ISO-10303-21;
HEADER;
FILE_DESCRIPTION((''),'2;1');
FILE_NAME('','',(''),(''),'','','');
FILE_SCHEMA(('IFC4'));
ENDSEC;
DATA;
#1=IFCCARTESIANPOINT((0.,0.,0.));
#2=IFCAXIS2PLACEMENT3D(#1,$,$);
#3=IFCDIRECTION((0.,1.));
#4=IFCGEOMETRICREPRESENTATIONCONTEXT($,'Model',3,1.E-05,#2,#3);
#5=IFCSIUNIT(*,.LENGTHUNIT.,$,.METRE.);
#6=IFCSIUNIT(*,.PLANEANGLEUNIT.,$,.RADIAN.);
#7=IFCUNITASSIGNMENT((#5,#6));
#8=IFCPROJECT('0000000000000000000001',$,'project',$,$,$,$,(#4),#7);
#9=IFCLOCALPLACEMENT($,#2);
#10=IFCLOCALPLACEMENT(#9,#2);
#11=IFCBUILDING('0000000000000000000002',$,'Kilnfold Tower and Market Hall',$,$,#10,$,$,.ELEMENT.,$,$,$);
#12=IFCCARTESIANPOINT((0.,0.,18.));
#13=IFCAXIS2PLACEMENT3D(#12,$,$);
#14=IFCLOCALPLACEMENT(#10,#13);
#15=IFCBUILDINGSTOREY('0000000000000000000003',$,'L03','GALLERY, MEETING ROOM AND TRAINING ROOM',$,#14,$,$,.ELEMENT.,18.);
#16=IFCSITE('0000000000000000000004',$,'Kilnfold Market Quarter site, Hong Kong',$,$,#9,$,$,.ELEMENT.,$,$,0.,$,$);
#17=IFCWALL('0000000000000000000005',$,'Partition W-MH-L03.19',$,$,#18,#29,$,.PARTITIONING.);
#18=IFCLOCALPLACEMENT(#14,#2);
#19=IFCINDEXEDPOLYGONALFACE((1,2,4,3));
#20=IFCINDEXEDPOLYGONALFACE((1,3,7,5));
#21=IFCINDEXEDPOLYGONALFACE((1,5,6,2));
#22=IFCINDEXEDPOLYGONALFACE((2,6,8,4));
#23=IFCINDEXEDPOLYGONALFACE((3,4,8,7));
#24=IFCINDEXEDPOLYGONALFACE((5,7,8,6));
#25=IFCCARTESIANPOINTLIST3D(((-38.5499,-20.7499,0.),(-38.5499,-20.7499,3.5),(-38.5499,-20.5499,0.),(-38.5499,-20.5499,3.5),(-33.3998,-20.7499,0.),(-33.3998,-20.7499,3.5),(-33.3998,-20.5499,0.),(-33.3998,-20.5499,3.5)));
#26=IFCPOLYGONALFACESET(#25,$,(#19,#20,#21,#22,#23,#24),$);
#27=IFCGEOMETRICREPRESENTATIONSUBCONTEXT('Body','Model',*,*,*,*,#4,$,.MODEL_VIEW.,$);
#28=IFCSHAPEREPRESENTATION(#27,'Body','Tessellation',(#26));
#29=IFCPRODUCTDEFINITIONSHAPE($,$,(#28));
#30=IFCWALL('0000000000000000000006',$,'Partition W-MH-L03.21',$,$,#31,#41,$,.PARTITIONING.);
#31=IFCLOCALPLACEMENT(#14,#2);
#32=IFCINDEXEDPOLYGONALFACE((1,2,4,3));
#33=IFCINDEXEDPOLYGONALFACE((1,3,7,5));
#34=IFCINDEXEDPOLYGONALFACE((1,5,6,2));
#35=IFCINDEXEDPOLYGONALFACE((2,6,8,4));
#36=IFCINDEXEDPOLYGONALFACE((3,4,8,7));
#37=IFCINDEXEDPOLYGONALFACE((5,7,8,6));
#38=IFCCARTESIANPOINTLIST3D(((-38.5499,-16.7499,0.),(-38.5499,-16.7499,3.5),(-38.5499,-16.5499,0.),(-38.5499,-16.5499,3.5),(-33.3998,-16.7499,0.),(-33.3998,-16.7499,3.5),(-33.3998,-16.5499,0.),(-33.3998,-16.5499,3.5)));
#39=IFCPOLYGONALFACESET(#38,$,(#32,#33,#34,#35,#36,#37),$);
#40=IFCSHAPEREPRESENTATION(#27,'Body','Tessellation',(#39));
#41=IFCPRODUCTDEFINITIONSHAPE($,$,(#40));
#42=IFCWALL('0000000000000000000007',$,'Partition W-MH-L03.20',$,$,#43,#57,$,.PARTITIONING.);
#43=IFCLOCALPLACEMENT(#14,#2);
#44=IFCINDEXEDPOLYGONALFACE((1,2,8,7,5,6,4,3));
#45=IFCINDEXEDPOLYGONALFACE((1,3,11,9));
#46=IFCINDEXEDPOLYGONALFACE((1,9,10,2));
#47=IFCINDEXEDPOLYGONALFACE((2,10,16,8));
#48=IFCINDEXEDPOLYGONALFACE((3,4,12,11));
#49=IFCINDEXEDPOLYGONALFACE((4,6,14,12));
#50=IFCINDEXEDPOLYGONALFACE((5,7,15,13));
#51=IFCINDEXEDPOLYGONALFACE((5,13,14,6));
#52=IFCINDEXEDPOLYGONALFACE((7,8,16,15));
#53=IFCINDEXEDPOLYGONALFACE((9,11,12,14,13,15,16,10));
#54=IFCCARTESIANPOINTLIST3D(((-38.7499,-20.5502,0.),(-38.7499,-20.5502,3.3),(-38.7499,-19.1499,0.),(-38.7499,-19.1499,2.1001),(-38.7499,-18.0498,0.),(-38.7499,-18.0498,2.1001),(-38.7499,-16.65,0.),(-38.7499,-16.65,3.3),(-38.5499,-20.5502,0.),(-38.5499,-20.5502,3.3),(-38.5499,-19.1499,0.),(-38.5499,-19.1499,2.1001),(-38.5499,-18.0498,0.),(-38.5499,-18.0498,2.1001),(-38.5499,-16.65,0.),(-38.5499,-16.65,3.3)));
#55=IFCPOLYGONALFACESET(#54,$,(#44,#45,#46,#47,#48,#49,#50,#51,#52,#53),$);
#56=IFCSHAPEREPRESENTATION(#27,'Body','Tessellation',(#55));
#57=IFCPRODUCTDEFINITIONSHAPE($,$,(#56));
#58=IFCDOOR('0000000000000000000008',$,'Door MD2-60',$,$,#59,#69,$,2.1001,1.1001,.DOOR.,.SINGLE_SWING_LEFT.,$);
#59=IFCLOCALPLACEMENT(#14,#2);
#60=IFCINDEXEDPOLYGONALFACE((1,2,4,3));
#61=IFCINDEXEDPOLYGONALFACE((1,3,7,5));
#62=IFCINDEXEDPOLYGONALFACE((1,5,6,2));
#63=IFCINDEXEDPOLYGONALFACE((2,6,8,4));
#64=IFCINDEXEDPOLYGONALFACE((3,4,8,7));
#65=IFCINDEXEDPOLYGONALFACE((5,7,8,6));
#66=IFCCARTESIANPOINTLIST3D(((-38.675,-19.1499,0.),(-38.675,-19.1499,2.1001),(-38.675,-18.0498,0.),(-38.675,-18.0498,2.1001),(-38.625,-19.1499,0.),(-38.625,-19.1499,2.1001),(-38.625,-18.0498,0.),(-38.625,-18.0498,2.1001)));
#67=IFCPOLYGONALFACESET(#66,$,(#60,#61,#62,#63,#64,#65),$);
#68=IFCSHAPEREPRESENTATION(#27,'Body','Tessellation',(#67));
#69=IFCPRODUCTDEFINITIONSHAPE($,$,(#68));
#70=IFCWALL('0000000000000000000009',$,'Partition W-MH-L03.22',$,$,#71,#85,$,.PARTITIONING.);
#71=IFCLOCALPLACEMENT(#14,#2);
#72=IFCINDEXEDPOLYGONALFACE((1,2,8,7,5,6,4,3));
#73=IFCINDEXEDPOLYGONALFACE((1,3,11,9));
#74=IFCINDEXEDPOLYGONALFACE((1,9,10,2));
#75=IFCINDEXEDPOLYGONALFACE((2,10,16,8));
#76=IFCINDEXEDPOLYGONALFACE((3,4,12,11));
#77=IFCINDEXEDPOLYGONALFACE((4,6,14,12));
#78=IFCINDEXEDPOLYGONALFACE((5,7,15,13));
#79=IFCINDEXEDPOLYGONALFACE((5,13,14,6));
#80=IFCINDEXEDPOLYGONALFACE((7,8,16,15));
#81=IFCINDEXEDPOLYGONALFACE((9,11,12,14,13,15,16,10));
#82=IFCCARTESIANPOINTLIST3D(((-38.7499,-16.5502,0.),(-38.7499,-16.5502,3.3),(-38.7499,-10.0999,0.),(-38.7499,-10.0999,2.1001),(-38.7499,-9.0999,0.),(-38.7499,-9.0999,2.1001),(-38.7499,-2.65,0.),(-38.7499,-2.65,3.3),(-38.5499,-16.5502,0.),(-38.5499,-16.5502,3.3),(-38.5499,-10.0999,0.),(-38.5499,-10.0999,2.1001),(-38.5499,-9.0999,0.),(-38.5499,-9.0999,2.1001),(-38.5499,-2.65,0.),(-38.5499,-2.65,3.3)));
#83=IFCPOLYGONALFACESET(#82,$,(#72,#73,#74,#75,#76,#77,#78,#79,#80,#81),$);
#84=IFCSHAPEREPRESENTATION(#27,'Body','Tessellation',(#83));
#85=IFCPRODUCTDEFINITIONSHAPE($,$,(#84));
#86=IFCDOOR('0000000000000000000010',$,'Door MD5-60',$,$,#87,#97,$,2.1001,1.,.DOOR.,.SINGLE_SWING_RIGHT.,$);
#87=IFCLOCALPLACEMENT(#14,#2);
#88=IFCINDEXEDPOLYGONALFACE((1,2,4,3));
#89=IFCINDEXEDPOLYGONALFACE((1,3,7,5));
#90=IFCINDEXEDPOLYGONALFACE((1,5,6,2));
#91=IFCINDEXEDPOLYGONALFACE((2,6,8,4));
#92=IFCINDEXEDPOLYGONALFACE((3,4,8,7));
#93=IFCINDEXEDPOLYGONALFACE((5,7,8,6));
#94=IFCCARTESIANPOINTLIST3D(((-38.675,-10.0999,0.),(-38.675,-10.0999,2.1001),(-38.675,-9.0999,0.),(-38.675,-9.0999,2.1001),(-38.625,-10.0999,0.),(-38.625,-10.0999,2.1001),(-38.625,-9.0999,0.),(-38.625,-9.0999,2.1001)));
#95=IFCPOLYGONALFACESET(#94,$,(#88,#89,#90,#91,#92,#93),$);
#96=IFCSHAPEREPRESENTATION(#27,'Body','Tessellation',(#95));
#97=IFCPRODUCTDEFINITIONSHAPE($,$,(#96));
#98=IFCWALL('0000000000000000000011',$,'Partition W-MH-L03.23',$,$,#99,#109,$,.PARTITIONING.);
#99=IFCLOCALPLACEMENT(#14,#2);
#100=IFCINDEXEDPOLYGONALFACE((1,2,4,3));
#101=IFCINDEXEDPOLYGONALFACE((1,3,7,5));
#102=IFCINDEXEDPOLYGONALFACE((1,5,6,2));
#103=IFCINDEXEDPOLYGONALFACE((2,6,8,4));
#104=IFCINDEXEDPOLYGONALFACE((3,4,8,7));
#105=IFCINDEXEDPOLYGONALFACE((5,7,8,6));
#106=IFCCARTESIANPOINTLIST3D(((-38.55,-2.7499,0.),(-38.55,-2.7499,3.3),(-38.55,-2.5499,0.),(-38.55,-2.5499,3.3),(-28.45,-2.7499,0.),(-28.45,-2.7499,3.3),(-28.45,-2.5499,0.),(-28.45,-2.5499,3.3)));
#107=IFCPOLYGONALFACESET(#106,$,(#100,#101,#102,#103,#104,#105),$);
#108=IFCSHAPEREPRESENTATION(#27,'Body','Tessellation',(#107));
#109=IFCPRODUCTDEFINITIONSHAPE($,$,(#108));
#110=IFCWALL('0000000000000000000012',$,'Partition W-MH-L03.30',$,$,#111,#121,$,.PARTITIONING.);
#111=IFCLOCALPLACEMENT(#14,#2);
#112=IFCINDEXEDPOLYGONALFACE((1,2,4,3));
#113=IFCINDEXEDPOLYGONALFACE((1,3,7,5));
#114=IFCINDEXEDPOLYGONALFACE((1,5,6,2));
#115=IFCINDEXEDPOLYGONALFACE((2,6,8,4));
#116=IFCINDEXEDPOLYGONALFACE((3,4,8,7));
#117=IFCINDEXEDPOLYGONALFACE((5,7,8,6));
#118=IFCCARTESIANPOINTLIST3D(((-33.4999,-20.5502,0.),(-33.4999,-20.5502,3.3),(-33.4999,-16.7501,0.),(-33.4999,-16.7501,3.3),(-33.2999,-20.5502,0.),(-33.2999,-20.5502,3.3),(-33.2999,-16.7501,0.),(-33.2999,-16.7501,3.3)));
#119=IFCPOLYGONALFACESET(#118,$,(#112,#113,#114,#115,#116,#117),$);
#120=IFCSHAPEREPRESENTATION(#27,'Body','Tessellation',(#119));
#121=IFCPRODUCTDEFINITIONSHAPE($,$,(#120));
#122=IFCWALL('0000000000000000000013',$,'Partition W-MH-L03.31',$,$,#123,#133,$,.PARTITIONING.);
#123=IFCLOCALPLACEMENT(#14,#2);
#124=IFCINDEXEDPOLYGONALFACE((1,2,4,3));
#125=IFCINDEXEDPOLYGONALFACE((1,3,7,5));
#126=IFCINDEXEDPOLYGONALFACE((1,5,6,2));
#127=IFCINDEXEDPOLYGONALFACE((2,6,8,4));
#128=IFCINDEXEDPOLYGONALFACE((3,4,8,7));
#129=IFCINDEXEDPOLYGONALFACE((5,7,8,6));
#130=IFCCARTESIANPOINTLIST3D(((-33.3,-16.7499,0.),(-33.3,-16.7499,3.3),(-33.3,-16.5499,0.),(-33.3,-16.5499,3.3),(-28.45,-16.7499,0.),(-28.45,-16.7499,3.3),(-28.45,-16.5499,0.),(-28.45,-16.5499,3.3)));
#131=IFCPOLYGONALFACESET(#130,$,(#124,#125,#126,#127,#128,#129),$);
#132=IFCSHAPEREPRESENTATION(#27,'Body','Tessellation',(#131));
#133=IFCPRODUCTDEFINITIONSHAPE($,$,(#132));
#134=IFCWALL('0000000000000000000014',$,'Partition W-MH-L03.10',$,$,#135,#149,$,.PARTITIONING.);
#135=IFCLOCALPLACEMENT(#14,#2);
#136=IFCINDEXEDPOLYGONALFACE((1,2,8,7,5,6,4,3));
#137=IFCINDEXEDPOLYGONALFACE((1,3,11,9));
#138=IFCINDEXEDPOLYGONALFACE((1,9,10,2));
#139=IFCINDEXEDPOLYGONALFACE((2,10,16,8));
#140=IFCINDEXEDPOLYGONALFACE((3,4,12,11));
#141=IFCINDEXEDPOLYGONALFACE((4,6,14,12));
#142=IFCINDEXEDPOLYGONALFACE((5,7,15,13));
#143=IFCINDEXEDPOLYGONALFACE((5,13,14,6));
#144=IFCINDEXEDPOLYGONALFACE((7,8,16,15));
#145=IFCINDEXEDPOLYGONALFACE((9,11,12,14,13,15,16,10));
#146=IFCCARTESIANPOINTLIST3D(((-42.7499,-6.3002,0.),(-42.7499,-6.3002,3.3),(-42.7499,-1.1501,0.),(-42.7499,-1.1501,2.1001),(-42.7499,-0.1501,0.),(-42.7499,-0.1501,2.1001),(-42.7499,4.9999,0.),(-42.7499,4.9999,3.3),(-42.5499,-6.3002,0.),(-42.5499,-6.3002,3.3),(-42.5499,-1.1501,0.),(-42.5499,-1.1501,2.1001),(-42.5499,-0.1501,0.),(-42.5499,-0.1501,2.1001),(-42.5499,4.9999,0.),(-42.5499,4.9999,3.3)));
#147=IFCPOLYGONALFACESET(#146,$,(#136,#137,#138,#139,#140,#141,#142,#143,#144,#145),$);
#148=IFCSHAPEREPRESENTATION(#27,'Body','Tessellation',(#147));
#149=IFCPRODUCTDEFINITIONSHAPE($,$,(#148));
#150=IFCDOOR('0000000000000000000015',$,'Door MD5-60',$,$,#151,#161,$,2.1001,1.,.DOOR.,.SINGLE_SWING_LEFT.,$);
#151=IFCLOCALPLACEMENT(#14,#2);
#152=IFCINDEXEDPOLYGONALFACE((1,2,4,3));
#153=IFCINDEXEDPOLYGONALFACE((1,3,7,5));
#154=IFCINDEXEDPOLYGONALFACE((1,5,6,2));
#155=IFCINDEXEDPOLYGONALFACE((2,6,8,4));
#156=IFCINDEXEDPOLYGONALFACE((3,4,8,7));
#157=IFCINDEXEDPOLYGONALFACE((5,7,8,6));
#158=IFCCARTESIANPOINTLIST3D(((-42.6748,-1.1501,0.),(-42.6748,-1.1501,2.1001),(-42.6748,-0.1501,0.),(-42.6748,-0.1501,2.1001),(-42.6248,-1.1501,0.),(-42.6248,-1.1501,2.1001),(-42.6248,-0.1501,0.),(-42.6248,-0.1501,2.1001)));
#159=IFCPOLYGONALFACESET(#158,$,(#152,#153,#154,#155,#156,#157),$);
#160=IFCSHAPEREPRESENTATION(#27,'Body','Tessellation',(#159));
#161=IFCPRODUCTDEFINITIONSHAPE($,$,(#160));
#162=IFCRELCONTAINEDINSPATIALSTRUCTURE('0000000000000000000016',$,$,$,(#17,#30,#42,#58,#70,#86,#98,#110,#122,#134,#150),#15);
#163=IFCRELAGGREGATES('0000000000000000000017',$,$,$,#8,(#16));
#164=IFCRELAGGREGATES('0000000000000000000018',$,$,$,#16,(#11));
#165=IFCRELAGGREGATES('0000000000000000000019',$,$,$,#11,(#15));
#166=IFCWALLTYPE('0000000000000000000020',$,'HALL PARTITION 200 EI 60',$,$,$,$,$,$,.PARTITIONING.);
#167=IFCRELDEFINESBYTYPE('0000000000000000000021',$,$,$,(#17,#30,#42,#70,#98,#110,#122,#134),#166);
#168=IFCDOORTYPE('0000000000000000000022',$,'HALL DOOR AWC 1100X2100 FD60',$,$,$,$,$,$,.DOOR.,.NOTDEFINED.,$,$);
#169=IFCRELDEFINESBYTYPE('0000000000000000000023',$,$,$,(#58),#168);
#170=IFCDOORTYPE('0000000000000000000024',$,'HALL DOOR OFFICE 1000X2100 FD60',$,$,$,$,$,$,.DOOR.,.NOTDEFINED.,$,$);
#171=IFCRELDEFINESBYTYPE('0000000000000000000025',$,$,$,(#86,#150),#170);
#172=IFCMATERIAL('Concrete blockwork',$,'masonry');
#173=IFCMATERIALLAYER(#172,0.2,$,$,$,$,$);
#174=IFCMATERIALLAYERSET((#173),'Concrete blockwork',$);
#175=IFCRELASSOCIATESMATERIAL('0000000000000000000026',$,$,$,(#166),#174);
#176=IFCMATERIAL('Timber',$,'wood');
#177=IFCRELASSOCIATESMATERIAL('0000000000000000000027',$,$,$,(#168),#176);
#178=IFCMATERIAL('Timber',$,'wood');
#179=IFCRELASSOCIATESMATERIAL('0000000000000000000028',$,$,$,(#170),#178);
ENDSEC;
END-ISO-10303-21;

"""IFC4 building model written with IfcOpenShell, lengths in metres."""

from ifc_helpers import new_model, si_unit, direction, frame, frame_2d, origin, place, context, subcontext, project, spatial, rectangle, extrude, source, transform, mapped, material, layer, layer_set, type_object, element, fill, save


model = new_model("IFC4")

# Units and contexts
model_context = context("Model", 3, precision=1e-05, world=origin(), true_north=direction((0.0, 1.0)))
body_context = subcontext(model_context, "Body", "Model", "MODEL_VIEW")
ifc_project = project(units=[si_unit("LENGTHUNIT", "METRE"), si_unit("PLANEANGLEUNIT", "RADIAN")], contexts=[model_context])

# Site, building, storey
site_placement = place(None, origin())
site = spatial("IfcSite", under=ifc_project, at=site_placement, Name="Kilnfold Market Quarter site, Hong Kong", CompositionType="ELEMENT", RefElevation=0.0)
building_placement = place(site_placement, origin())
building = spatial("IfcBuilding", under=site, at=building_placement, Name="Kilnfold Tower and Market Hall", CompositionType="ELEMENT")
storey_placement = place(building_placement, frame((0.0, 0.0, 18.0)))
storey = spatial("IfcBuildingStorey", under=building, at=storey_placement, Name="L03", Description="GALLERY, MEETING ROOM AND TRAINING ROOM", CompositionType="ELEMENT", Elevation=18.0)

# Walls
ifc_material_1 = material(Name="Concrete blockwork", Category="masonry")
ifc_layer_1 = layer(ifc_material_1, 0.2)
ifc_layer_set_1 = layer_set([ifc_layer_1], Name="Concrete blockwork")
wall_type_1 = type_object("IfcWallType", Name="HALL PARTITION 200 EI 60", PredefinedType="PARTITIONING", material=ifc_layer_set_1)
shared_shape_1 = source(origin(), body_context, "Body", "SweptSolid", [
    extrude(rectangle(XDim=5.1501, YDim=0.2, at=frame_2d((2.5752, 0.0))), origin(), (0.0, 0.0, 1.0), 3.5),
])
for number, where, z_axis, x_axis, name in (
    (1, (-38.55, -20.6499, 0.0), (0.0, 0.0, 1.0), (1.0, 0.0, 0.0), "Partition W-MH-L03.19"),
    (2, (-38.55, -16.6499, 0.0), (0.0, 0.0, 1.0), (1.0, 0.0, 0.0), "Partition W-MH-L03.21"),
):
    element("IfcWall", number, at=place(storey_placement, frame(where, z_axis=z_axis, x_axis=x_axis)), inside=storey, type_object=wall_type_1, Name=name, PredefinedType="PARTITIONING", context=body_context, shape_type="MappedRepresentation", body=[
        mapped(shared_shape_1, transform((0.0, 0.0, 0.0))),
    ])

# Walls, openings, doors
shared_shape_2 = source(origin(), body_context, "Body", "SweptSolid", [
    extrude(rectangle(XDim=3.9001, YDim=0.2, at=frame_2d((1.9502, 0.0))), origin(), (0.0, 0.0, 1.0), 3.3),
])
wall_1_placement = place(storey_placement, frame((-38.6499, -16.6499, 0.0), z_axis=(0.0, 0.0, 1.0), x_axis=(0.0, -1.0, 0.0)))
wall_1 = element("IfcWall", 3, at=wall_1_placement, inside=storey, type_object=wall_type_1, Name="Partition W-MH-L03.20", PredefinedType="PARTITIONING", context=body_context, shape_type="MappedRepresentation", body=[
    mapped(shared_shape_2, transform((0.0, 0.0, 0.0))),
])
opening_1_placement = place(wall_1_placement, frame((1.3999, 0.0, 0.0)))
opening_1 = element("IfcOpeningElement", 4, at=opening_1_placement, cuts=wall_1, PredefinedType="OPENING", context=body_context, shape_type="SweptSolid", body=[
    extrude(rectangle(XDim=1.1001, YDim=2.1001, at=frame_2d((0.55, 1.05))), frame((0.0, 0.1099, 0.0), z_axis=(0.0, -1.0, 0.0), x_axis=(1.0, 0.0, 0.0)), (0.0, 0.0, 1.0), 0.22),
])
ifc_material_2 = material(Name="Timber", Category="wood")
door_type_1 = type_object("IfcDoorType", Name="HALL DOOR AWC 1100X2100 FD60", OperationType="NOTDEFINED", PredefinedType="DOOR", material=ifc_material_2)
door_1_placement = place(opening_1_placement, origin())
door_1 = element("IfcDoor", 5, at=door_1_placement, inside=storey, type_object=door_type_1, Name="Door MD2-60", OperationType="SINGLE_SWING_LEFT", OverallHeight=2.1001, OverallWidth=1.1001, PredefinedType="DOOR", context=body_context, shape_type="SweptSolid", body=[
    extrude(rectangle(XDim=1.1001, YDim=2.1001, at=frame_2d((0.55, 1.05))), frame((0.0, 0.0249, 0.0), z_axis=(0.0, -1.0, 0.0), x_axis=(1.0, 0.0, 0.0)), (0.0, 0.0, 1.0), 0.05),
])
fill(opening_1, door_1)
shared_shape_3 = source(origin(), body_context, "Body", "SweptSolid", [
    extrude(rectangle(XDim=13.9001, YDim=0.2, at=frame_2d((6.9502, 0.0))), origin(), (0.0, 0.0, 1.0), 3.3),
])
wall_2_placement = place(storey_placement, frame((-38.6499, -2.6499, 0.0), z_axis=(0.0, 0.0, 1.0), x_axis=(0.0, -1.0, 0.0)))
wall_2 = element("IfcWall", 6, at=wall_2_placement, inside=storey, type_object=wall_type_1, Name="Partition W-MH-L03.22", PredefinedType="PARTITIONING", context=body_context, shape_type="MappedRepresentation", body=[
    mapped(shared_shape_3, transform((0.0, 0.0, 0.0))),
])
opening_2_placement = place(wall_2_placement, frame((6.45, 0.0, 0.0)))
opening_2 = element("IfcOpeningElement", 7, at=opening_2_placement, cuts=wall_2, PredefinedType="OPENING", context=body_context, shape_type="SweptSolid", body=[
    extrude(rectangle(XDim=1.0, YDim=2.1001, at=frame_2d((0.5, 1.05))), frame((0.0, 0.1099, 0.0), z_axis=(0.0, -1.0, 0.0), x_axis=(1.0, 0.0, 0.0)), (0.0, 0.0, 1.0), 0.22),
])
ifc_material_3 = material(Name="Timber", Category="wood")
door_type_2 = type_object("IfcDoorType", Name="HALL DOOR OFFICE 1000X2100 FD60", OperationType="NOTDEFINED", PredefinedType="DOOR", material=ifc_material_3)
door_2_placement = place(opening_2_placement, origin())
door_2 = element("IfcDoor", 8, at=door_2_placement, inside=storey, type_object=door_type_2, Name="Door MD5-60", OperationType="SINGLE_SWING_RIGHT", OverallHeight=2.1001, OverallWidth=1.0, PredefinedType="DOOR", context=body_context, shape_type="SweptSolid", body=[
    extrude(rectangle(XDim=1.0, YDim=2.1001, at=frame_2d((0.5, 1.05))), frame((0.0, 0.0249, 0.0), z_axis=(0.0, -1.0, 0.0), x_axis=(1.0, 0.0, 0.0)), (0.0, 0.0, 1.0), 0.05),
])
fill(opening_2, door_2)

# Walls
shared_shape_4 = source(origin(), body_context, "Body", "SweptSolid", [
    extrude(rectangle(XDim=10.1001, YDim=0.2, at=frame_2d((5.05, 0.0))), origin(), (0.0, 0.0, 1.0), 3.3),
])
wall_3_placement = place(storey_placement, frame((-38.55, -2.6499, 0.0), z_axis=(0.0, 0.0, 1.0), x_axis=(1.0, 0.0, 0.0)))
element("IfcWall", 9, at=wall_3_placement, inside=storey, type_object=wall_type_1, Name="Partition W-MH-L03.23", PredefinedType="PARTITIONING", context=body_context, shape_type="MappedRepresentation", body=[
    mapped(shared_shape_4, transform((0.0, 0.0, 0.0))),
])
shared_shape_5 = source(origin(), body_context, "Body", "SweptSolid", [
    extrude(rectangle(XDim=3.8, YDim=0.2, at=frame_2d((1.8999, 0.0))), origin(), (0.0, 0.0, 1.0), 3.3),
])
wall_4_placement = place(storey_placement, frame((-33.3999, -20.55, 0.0), z_axis=(0.0, 0.0, 1.0), x_axis=(0.0, 1.0, 0.0)))
element("IfcWall", 10, at=wall_4_placement, inside=storey, type_object=wall_type_1, Name="Partition W-MH-L03.30", PredefinedType="PARTITIONING", context=body_context, shape_type="MappedRepresentation", body=[
    mapped(shared_shape_5, transform((0.0, 0.0, 0.0))),
])
shared_shape_6 = source(origin(), body_context, "Body", "SweptSolid", [
    extrude(rectangle(XDim=4.8501, YDim=0.2, at=frame_2d((2.425, 0.0))), origin(), (0.0, 0.0, 1.0), 3.3),
])
wall_5_placement = place(storey_placement, frame((-33.3, -16.6499, 0.0), z_axis=(0.0, 0.0, 1.0), x_axis=(1.0, 0.0, 0.0)))
element("IfcWall", 11, at=wall_5_placement, inside=storey, type_object=wall_type_1, Name="Partition W-MH-L03.31", PredefinedType="PARTITIONING", context=body_context, shape_type="MappedRepresentation", body=[
    mapped(shared_shape_6, transform((0.0, 0.0, 0.0))),
])

# Wall, opening, door
shared_shape_7 = source(origin(), body_context, "Body", "SweptSolid", [
    extrude(rectangle(XDim=11.3, YDim=0.2, at=frame_2d((5.6499, 0.0))), origin(), (0.0, 0.0, 1.0), 3.3),
])
wall_6_placement = place(storey_placement, frame((-42.6499, -6.3, 0.0), z_axis=(0.0, 0.0, 1.0), x_axis=(0.0, 1.0, 0.0)))
wall_6 = element("IfcWall", 12, at=wall_6_placement, inside=storey, type_object=wall_type_1, Name="Partition W-MH-L03.10", PredefinedType="PARTITIONING", context=body_context, shape_type="MappedRepresentation", body=[
    mapped(shared_shape_7, transform((0.0, 0.0, 0.0))),
])
opening_3_placement = place(wall_6_placement, frame((5.1499, 0.0, 0.0)))
opening_3 = element("IfcOpeningElement", 13, at=opening_3_placement, cuts=wall_6, PredefinedType="OPENING", context=body_context, shape_type="SweptSolid", body=[
    extrude(rectangle(XDim=1.0, YDim=2.1001, at=frame_2d((0.5, 1.05))), frame((0.0, 0.1099, 0.0), z_axis=(0.0, -1.0, 0.0), x_axis=(1.0, 0.0, 0.0)), (0.0, 0.0, 1.0), 0.22),
])
door_3_placement = place(opening_3_placement, origin())
door_3 = element("IfcDoor", 14, at=door_3_placement, inside=storey, type_object=door_type_2, Name="Door MD5-60", OperationType="SINGLE_SWING_LEFT", OverallHeight=2.1001, OverallWidth=1.0, PredefinedType="DOOR", context=body_context, shape_type="SweptSolid", body=[
    extrude(rectangle(XDim=1.0, YDim=2.1001, at=frame_2d((0.5, 1.05))), frame((0.0, 0.0249, 0.0), z_axis=(0.0, -1.0, 0.0), x_axis=(1.0, 0.0, 0.0)), (0.0, 0.0, 1.0), 0.05),
])
fill(opening_3, door_3)

save(model, "model.ifc")
